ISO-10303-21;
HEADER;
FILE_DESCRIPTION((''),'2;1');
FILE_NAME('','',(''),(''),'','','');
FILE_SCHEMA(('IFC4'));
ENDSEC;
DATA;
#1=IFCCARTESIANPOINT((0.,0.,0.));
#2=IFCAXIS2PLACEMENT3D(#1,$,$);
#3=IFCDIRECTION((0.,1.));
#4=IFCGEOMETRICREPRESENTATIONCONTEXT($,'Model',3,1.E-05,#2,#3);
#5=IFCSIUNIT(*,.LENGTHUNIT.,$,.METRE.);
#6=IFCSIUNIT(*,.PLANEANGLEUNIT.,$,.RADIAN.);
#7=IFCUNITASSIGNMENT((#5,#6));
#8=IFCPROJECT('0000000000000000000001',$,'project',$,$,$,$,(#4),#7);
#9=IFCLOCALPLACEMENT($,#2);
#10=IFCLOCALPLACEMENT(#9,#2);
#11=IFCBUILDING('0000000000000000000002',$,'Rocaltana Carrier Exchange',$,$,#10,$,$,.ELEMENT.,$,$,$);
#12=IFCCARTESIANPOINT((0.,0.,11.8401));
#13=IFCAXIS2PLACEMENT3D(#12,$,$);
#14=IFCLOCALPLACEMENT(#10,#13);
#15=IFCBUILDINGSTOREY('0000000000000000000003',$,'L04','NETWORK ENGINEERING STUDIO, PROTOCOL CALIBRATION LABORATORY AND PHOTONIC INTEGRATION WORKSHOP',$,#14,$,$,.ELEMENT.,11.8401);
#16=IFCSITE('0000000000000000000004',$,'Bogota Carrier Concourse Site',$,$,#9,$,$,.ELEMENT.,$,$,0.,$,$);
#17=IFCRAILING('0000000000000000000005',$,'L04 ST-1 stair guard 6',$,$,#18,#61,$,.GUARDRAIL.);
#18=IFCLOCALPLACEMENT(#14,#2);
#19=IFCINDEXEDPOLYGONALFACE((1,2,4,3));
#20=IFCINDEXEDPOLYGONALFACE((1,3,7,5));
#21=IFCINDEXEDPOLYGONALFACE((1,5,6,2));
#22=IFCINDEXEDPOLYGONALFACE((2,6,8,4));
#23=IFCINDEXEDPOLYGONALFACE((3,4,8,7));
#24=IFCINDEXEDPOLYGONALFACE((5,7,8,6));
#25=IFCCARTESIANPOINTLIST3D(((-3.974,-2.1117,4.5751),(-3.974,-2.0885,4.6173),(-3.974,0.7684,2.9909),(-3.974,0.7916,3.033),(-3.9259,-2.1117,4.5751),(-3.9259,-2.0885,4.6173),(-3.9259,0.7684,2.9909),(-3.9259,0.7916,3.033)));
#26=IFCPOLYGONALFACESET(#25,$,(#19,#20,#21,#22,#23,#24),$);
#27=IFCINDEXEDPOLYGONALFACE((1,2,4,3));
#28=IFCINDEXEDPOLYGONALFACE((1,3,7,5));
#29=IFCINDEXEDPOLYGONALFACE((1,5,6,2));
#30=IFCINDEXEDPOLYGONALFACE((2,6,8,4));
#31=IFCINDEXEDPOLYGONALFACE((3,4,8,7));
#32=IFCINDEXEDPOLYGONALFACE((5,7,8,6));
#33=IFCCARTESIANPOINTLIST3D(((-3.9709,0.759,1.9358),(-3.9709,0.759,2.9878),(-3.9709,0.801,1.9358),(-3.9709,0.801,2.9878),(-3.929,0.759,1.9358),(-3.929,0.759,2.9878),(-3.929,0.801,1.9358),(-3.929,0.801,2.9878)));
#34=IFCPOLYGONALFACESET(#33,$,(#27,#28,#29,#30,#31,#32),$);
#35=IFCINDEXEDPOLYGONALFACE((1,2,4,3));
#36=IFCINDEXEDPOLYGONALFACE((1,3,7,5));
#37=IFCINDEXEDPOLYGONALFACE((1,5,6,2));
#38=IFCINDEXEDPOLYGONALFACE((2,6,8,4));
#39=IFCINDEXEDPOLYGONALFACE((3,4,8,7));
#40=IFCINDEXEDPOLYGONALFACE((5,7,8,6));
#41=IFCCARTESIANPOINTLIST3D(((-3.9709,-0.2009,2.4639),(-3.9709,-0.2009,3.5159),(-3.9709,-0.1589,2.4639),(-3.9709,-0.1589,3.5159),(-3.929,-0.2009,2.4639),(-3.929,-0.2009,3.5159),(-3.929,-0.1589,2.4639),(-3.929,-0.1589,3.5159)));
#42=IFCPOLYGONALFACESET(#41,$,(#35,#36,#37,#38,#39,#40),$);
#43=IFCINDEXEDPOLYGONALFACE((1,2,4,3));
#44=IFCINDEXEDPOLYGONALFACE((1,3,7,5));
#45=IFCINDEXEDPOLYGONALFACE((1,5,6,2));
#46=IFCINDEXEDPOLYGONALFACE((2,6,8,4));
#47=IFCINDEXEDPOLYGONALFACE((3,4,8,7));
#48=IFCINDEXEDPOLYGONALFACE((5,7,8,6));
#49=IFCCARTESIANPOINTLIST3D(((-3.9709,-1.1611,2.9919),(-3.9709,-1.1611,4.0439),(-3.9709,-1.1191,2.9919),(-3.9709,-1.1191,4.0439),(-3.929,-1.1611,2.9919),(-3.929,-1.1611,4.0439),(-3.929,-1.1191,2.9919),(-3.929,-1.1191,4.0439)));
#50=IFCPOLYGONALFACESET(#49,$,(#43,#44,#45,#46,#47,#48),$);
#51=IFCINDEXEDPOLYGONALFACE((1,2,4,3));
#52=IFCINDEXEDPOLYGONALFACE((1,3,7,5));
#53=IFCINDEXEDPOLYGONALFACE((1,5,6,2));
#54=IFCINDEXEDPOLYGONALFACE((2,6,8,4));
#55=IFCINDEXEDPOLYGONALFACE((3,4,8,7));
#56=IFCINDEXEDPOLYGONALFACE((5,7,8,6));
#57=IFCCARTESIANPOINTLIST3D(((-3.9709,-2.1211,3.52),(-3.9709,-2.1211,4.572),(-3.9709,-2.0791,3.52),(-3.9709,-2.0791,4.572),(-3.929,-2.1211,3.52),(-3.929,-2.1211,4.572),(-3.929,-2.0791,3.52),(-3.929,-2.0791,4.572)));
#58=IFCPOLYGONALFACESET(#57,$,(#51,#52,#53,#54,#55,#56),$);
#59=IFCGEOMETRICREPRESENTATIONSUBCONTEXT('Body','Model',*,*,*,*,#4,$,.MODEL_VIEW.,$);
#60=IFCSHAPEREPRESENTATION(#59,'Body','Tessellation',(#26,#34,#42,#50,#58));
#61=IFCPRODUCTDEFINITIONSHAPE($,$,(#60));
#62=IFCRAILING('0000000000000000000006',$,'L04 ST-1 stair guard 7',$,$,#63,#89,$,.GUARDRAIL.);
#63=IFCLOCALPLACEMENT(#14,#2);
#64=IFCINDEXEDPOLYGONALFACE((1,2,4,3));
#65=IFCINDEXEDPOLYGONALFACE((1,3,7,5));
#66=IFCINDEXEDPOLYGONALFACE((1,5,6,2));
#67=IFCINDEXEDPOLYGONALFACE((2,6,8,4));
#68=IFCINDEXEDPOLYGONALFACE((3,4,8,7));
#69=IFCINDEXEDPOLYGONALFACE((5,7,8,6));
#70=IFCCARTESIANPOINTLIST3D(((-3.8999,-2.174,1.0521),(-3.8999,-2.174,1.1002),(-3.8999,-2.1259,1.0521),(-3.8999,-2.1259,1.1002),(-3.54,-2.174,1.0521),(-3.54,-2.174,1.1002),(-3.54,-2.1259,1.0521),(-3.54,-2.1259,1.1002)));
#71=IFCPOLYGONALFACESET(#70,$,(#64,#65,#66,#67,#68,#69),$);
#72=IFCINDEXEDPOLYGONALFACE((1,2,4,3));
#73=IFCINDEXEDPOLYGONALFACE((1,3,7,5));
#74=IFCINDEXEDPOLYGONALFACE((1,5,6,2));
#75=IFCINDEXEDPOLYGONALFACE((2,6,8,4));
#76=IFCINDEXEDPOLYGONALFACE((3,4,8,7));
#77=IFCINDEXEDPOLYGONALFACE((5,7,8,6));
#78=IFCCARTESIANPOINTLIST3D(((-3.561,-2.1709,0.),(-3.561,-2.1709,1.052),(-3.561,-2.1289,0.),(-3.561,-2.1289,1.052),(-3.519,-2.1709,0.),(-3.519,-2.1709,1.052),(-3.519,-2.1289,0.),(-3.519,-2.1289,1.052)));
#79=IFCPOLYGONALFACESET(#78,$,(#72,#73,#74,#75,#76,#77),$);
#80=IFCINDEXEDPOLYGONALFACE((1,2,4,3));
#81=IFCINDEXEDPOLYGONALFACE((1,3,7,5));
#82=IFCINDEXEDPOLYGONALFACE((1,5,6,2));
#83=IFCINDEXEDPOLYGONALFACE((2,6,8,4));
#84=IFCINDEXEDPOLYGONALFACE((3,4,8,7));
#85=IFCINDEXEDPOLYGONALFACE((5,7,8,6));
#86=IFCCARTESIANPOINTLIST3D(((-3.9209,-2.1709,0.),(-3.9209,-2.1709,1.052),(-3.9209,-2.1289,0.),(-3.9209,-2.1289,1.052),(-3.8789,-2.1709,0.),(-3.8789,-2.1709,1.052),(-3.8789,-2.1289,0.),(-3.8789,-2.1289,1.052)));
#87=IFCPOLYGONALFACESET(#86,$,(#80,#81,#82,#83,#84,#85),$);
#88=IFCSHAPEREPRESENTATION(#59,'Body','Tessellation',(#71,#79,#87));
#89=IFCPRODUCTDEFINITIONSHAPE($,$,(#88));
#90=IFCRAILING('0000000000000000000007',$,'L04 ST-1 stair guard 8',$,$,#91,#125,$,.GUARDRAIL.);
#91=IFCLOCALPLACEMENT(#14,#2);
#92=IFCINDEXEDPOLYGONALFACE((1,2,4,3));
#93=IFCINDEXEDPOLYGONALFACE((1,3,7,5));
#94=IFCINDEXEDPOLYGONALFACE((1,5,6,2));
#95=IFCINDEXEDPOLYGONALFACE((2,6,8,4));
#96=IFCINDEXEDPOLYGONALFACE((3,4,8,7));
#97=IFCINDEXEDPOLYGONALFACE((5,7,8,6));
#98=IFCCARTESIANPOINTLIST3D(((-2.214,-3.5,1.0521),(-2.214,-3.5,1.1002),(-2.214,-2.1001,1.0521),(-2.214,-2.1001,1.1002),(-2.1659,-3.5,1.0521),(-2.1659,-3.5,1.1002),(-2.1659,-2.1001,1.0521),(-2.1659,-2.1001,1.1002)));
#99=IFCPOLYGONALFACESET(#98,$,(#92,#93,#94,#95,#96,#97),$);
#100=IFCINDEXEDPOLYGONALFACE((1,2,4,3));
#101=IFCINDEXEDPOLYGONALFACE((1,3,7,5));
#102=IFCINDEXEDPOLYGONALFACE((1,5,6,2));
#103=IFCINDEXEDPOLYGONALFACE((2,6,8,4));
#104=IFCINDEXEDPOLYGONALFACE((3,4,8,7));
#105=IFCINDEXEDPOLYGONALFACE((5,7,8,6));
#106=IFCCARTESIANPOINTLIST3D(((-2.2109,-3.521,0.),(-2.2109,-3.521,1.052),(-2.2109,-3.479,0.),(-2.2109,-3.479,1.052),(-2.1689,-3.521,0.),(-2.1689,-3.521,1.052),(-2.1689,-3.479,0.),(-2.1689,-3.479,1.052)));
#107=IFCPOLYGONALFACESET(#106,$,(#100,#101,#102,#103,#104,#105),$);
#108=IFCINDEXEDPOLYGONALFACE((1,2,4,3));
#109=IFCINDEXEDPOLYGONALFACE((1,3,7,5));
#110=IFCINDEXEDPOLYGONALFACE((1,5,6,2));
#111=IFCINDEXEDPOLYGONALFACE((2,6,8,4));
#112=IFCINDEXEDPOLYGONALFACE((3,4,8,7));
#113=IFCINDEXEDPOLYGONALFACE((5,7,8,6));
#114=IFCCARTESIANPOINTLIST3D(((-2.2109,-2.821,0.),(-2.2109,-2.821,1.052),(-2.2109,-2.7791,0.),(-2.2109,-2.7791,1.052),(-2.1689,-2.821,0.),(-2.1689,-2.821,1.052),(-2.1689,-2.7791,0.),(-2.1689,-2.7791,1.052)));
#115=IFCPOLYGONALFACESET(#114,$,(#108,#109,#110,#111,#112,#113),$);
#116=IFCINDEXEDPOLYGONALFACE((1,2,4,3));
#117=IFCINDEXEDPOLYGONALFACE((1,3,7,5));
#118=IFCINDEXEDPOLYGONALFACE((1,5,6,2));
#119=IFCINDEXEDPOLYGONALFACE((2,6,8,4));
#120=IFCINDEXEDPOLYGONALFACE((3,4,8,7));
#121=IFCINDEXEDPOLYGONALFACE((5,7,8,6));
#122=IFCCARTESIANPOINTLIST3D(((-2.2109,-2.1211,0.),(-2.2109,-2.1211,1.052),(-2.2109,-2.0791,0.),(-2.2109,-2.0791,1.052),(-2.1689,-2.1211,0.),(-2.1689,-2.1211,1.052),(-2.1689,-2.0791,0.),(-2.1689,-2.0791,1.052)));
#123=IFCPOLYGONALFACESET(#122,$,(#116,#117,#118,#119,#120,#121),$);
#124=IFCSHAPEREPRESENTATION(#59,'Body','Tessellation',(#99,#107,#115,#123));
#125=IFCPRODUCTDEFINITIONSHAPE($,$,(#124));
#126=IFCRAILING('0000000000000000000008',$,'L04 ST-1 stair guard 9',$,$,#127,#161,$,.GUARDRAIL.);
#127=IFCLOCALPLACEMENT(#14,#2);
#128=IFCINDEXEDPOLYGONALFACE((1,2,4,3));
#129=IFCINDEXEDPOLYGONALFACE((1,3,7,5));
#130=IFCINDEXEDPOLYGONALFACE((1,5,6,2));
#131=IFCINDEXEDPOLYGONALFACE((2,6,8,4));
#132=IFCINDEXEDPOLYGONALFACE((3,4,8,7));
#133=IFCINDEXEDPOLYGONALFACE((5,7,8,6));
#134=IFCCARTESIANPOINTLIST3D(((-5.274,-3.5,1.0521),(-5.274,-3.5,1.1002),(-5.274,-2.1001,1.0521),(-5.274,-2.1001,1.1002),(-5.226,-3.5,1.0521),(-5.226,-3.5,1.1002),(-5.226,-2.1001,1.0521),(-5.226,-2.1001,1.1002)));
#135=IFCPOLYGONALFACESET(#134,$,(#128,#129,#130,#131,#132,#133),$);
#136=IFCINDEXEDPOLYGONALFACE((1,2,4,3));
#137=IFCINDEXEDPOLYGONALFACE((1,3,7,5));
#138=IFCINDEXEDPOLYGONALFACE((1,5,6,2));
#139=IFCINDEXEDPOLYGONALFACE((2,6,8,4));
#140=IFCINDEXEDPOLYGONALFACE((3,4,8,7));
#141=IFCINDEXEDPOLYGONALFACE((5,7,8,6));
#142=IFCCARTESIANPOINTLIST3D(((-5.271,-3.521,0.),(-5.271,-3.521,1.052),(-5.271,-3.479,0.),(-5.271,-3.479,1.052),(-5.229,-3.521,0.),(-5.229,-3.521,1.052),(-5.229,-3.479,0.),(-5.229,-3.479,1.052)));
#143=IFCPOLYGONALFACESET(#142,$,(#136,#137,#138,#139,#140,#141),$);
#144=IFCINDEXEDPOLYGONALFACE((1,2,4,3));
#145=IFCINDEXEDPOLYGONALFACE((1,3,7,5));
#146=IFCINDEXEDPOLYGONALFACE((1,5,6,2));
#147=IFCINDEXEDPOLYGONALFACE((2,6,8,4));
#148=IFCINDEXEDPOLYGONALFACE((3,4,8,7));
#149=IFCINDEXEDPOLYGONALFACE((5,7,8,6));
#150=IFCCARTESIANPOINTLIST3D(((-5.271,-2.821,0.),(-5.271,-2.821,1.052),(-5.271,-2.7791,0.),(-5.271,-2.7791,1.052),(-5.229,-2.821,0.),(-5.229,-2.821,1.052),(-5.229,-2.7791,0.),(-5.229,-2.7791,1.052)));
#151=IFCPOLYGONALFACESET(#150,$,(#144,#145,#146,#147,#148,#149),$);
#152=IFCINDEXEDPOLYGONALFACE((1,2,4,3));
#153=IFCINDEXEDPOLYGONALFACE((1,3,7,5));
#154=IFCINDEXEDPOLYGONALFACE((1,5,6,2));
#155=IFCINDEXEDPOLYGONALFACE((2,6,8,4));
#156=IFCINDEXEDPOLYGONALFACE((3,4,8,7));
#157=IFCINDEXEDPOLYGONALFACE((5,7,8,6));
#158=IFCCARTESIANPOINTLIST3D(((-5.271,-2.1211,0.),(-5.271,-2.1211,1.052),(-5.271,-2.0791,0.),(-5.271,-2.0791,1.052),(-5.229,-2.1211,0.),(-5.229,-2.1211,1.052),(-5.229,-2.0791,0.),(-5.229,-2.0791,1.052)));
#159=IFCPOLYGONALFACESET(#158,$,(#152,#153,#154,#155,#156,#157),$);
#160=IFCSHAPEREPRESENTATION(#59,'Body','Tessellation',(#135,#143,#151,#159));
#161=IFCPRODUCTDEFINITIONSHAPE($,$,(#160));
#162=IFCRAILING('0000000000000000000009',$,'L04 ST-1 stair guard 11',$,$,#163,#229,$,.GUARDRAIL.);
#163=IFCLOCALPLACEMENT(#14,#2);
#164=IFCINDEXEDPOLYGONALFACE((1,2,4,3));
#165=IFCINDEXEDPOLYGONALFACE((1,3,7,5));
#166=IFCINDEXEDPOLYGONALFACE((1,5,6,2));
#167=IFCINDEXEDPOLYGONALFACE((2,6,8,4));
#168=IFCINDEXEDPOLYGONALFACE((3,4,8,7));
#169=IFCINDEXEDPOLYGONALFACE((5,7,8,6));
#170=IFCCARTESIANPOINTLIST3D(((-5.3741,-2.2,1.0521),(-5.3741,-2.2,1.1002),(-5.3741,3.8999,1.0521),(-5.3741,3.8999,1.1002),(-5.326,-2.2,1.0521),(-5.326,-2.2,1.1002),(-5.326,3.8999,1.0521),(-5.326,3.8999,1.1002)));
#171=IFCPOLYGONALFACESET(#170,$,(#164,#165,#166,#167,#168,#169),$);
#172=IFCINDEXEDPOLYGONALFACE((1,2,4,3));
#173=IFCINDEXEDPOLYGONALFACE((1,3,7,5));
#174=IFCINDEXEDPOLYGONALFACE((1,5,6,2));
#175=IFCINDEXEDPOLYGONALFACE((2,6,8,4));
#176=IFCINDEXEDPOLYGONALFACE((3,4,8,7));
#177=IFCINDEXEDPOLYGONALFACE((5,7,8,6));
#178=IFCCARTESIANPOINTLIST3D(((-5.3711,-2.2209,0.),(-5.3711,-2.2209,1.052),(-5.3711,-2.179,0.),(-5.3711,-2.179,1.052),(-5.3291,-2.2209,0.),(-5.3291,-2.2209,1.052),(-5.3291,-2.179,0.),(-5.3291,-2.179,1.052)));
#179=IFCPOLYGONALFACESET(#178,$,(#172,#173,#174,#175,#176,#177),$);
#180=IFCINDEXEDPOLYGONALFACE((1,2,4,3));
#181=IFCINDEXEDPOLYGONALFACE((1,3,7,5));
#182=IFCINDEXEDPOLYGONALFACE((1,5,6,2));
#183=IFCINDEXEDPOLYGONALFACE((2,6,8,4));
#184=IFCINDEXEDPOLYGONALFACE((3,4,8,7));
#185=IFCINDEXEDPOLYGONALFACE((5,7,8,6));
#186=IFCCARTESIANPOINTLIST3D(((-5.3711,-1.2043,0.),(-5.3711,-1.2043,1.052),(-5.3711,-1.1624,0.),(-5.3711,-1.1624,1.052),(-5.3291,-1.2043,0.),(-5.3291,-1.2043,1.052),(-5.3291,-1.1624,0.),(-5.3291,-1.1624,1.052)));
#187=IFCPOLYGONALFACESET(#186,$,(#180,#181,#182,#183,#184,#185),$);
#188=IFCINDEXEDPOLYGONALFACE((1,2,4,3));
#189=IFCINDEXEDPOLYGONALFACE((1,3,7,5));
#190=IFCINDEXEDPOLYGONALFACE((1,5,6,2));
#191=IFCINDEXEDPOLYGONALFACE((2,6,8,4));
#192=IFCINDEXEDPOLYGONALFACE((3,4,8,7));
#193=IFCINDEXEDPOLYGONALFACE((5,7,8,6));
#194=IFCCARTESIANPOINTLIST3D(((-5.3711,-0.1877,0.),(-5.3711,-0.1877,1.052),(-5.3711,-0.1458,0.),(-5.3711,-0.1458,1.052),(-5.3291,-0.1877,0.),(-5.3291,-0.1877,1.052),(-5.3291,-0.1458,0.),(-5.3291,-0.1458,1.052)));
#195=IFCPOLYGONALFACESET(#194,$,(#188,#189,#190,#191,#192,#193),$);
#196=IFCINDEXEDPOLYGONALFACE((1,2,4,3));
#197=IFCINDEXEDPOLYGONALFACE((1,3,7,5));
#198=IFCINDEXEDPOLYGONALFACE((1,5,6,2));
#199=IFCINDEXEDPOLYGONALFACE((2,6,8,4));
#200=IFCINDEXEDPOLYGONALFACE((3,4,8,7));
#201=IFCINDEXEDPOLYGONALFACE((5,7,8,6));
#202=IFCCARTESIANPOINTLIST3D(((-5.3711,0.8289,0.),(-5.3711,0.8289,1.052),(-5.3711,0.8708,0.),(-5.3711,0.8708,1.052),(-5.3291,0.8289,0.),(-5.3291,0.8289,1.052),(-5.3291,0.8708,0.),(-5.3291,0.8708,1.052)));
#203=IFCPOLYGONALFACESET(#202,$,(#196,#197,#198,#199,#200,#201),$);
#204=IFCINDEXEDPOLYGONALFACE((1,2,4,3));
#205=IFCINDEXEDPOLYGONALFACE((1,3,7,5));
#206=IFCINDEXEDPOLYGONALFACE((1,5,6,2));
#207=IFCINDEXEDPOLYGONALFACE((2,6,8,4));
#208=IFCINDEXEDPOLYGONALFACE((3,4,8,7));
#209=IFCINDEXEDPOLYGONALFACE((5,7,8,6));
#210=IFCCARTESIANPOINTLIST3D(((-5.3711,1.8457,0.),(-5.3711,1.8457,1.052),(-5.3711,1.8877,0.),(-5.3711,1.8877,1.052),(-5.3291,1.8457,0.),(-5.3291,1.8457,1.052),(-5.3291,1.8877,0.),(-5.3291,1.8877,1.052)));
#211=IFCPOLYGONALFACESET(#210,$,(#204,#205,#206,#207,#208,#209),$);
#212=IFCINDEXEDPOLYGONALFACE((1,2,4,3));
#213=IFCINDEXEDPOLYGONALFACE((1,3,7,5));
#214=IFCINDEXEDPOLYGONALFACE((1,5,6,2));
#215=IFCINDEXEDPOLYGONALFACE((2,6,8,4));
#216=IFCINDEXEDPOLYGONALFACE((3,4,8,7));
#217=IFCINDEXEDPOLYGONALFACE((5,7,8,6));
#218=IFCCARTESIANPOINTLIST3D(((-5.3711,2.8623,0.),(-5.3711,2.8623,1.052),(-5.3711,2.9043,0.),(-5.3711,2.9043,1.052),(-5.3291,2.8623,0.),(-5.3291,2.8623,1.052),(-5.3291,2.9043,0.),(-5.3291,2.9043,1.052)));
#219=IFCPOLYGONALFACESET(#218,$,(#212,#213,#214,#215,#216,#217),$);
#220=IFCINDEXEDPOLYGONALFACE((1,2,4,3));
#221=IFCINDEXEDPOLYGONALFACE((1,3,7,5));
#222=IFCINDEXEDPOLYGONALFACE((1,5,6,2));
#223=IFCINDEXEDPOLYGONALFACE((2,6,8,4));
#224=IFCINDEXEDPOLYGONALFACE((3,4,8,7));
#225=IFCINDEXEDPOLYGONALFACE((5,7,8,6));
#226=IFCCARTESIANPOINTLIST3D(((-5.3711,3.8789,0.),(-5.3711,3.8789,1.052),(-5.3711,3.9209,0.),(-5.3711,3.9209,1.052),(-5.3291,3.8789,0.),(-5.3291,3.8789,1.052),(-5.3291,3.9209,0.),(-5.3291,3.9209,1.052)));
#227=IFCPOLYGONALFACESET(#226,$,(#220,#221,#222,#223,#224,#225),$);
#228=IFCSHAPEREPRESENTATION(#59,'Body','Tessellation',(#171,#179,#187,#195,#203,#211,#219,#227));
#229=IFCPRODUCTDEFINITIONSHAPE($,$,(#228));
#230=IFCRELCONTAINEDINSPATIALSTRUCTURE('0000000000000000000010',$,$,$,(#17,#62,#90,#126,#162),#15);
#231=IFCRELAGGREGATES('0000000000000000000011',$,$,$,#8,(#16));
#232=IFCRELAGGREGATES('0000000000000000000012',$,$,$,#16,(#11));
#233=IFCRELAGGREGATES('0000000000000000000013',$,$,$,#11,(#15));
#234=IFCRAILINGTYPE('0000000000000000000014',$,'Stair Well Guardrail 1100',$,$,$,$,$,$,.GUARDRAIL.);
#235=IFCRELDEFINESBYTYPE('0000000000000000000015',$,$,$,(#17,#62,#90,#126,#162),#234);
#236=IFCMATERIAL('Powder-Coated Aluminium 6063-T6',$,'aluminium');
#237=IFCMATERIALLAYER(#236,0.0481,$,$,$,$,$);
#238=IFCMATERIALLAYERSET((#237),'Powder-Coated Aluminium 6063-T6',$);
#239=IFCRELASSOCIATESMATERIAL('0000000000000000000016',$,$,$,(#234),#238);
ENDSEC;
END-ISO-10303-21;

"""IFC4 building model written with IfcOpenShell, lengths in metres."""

from ifc_helpers import new_model, si_unit, direction, frame, origin, origin_2d, place, context, subcontext, project, spatial, rectangle, extrude, material, layer, layer_set, type_object, element, save


model = new_model("IFC4")

# Units and contexts
model_context = context("Model", 3, precision=1e-05, world=origin(), true_north=direction((0.0, 1.0)))
body_context = subcontext(model_context, "Body", "Model", "MODEL_VIEW")
ifc_project = project(units=[si_unit("LENGTHUNIT", "METRE"), si_unit("PLANEANGLEUNIT", "RADIAN")], contexts=[model_context])

# Site, building, storey
site_placement = place(None, origin())
site = spatial("IfcSite", under=ifc_project, at=site_placement, Name="Bogota Carrier Concourse Site", CompositionType="ELEMENT", RefElevation=0.0)
building_placement = place(site_placement, origin())
building = spatial("IfcBuilding", under=site, at=building_placement, Name="Rocaltana Carrier Exchange", CompositionType="ELEMENT")
storey_placement = place(building_placement, frame((0.0, 0.0, 11.8401)))
storey = spatial("IfcBuildingStorey", under=building, at=storey_placement, Name="L04", Description="NETWORK ENGINEERING STUDIO, PROTOCOL CALIBRATION LABORATORY AND PHOTONIC INTEGRATION WORKSHOP", CompositionType="ELEMENT", Elevation=11.8401)

# Railings
ifc_material_1 = material(Name="Powder-Coated Aluminium 6063-T6", Category="aluminium")
ifc_layer_1 = layer(ifc_material_1, 0.0481)
ifc_layer_set_1 = layer_set([ifc_layer_1], Name="Powder-Coated Aluminium 6063-T6")
railing_type_1 = type_object("IfcRailingType", Name="Stair Well Guardrail 1100", PredefinedType="GUARDRAIL", material=ifc_layer_set_1)
railing_1_placement = place(storey_placement, frame((-3.95, 0.78, 1.9358)))
element("IfcRailing", 1, at=railing_1_placement, inside=storey, type_object=railing_type_1, Name="L04 ST-1 stair guard 6", PredefinedType="GUARDRAIL", context=body_context, shape_type="SweptSolid", body=[
    extrude(rectangle(XDim=0.0481, YDim=0.0481, at=origin_2d()), frame((0.0, 0.0, 1.0762), z_axis=(0.0, -0.876196, 0.481956), x_axis=(1.0, 0.0, 0.0)), (0.0, 0.0, 1.0), 3.2871),
    extrude(rectangle(XDim=0.042, YDim=0.042, at=origin_2d()), origin(), (0.0, 0.0, 1.0), 1.052),
    extrude(rectangle(XDim=0.042, YDim=0.042, at=origin_2d()), frame((0.0, -0.96, 0.5281)), (0.0, 0.0, 1.0), 1.052),
    extrude(rectangle(XDim=0.042, YDim=0.042, at=origin_2d()), frame((0.0, -1.9202, 1.0562)), (0.0, 0.0, 1.0), 1.052),
    extrude(rectangle(XDim=0.042, YDim=0.042, at=origin_2d()), frame((0.0, -2.8801, 1.5842)), (0.0, 0.0, 1.0), 1.052),
])
railing_2_placement = place(storey_placement, frame((-3.54, -2.1499, 0.0)))
element("IfcRailing", 2, at=railing_2_placement, inside=storey, type_object=railing_type_1, Name="L04 ST-1 stair guard 7", PredefinedType="GUARDRAIL", context=body_context, shape_type="SweptSolid", body=[
    extrude(rectangle(XDim=0.0481, YDim=0.0481, at=origin_2d()), frame((0.0, 0.0, 1.0762), z_axis=(-1.0, 0.0, 0.0), x_axis=(0.0, -1.0, 0.0)), (0.0, 0.0, 1.0), 0.3599),
    extrude(rectangle(XDim=0.042, YDim=0.042, at=origin_2d()), origin(), (0.0, 0.0, 1.0), 1.052),
    extrude(rectangle(XDim=0.042, YDim=0.042, at=origin_2d()), frame((-0.3599, 0.0, 0.0)), (0.0, 0.0, 1.0), 1.052),
])
for number, where, name in (
    (3, (-2.1899, -3.5, 0.0), "L04 ST-1 stair guard 8"),
    (4, (-5.25, -3.5, 0.0), "L04 ST-1 stair guard 9"),
):
    element("IfcRailing", number, at=place(storey_placement, frame(where)), inside=storey, type_object=railing_type_1, Name=name, PredefinedType="GUARDRAIL", context=body_context, shape_type="SweptSolid", body=[
        extrude(rectangle(XDim=0.0481, YDim=0.0481, at=origin_2d()), frame((0.0, 0.0, 1.0762), z_axis=(0.0, 1.0, 0.0), x_axis=(-1.0, 0.0, 0.0)), (0.0, 0.0, 1.0), 1.3999),
        extrude(rectangle(XDim=0.042, YDim=0.042, at=origin_2d()), origin(), (0.0, 0.0, 1.0), 1.052),
        extrude(rectangle(XDim=0.042, YDim=0.042, at=origin_2d()), frame((0.0, 0.7, 0.0)), (0.0, 0.0, 1.0), 1.052),
        extrude(rectangle(XDim=0.042, YDim=0.042, at=origin_2d()), frame((0.0, 1.3999, 0.0)), (0.0, 0.0, 1.0), 1.052),
    ])
railing_3_placement = place(storey_placement, frame((-5.3501, -2.2, 0.0)))
element("IfcRailing", 5, at=railing_3_placement, inside=storey, type_object=railing_type_1, Name="L04 ST-1 stair guard 11", PredefinedType="GUARDRAIL", context=body_context, shape_type="SweptSolid", body=[
    extrude(rectangle(XDim=0.0481, YDim=0.0481, at=origin_2d()), frame((0.0, 0.0, 1.0762), z_axis=(0.0, 1.0, 0.0), x_axis=(-1.0, 0.0, 0.0)), (0.0, 0.0, 1.0), 6.0999),
    extrude(rectangle(XDim=0.042, YDim=0.042, at=origin_2d()), origin(), (0.0, 0.0, 1.0), 1.052),
    extrude(rectangle(XDim=0.042, YDim=0.042, at=origin_2d()), frame((0.0, 1.0166, 0.0)), (0.0, 0.0, 1.0), 1.052),
    extrude(rectangle(XDim=0.042, YDim=0.042, at=origin_2d()), frame((0.0, 2.0332, 0.0)), (0.0, 0.0, 1.0), 1.052),
    extrude(rectangle(XDim=0.042, YDim=0.042, at=origin_2d()), frame((0.0, 3.0498, 0.0)), (0.0, 0.0, 1.0), 1.052),
    extrude(rectangle(XDim=0.042, YDim=0.042, at=origin_2d()), frame((0.0, 4.0667, 0.0)), (0.0, 0.0, 1.0), 1.052),
    extrude(rectangle(XDim=0.042, YDim=0.042, at=origin_2d()), frame((0.0, 5.0833, 0.0)), (0.0, 0.0, 1.0), 1.052),
    extrude(rectangle(XDim=0.042, YDim=0.042, at=origin_2d()), frame((0.0, 6.0999, 0.0)), (0.0, 0.0, 1.0), 1.052),
])

save(model, "model.ifc")
